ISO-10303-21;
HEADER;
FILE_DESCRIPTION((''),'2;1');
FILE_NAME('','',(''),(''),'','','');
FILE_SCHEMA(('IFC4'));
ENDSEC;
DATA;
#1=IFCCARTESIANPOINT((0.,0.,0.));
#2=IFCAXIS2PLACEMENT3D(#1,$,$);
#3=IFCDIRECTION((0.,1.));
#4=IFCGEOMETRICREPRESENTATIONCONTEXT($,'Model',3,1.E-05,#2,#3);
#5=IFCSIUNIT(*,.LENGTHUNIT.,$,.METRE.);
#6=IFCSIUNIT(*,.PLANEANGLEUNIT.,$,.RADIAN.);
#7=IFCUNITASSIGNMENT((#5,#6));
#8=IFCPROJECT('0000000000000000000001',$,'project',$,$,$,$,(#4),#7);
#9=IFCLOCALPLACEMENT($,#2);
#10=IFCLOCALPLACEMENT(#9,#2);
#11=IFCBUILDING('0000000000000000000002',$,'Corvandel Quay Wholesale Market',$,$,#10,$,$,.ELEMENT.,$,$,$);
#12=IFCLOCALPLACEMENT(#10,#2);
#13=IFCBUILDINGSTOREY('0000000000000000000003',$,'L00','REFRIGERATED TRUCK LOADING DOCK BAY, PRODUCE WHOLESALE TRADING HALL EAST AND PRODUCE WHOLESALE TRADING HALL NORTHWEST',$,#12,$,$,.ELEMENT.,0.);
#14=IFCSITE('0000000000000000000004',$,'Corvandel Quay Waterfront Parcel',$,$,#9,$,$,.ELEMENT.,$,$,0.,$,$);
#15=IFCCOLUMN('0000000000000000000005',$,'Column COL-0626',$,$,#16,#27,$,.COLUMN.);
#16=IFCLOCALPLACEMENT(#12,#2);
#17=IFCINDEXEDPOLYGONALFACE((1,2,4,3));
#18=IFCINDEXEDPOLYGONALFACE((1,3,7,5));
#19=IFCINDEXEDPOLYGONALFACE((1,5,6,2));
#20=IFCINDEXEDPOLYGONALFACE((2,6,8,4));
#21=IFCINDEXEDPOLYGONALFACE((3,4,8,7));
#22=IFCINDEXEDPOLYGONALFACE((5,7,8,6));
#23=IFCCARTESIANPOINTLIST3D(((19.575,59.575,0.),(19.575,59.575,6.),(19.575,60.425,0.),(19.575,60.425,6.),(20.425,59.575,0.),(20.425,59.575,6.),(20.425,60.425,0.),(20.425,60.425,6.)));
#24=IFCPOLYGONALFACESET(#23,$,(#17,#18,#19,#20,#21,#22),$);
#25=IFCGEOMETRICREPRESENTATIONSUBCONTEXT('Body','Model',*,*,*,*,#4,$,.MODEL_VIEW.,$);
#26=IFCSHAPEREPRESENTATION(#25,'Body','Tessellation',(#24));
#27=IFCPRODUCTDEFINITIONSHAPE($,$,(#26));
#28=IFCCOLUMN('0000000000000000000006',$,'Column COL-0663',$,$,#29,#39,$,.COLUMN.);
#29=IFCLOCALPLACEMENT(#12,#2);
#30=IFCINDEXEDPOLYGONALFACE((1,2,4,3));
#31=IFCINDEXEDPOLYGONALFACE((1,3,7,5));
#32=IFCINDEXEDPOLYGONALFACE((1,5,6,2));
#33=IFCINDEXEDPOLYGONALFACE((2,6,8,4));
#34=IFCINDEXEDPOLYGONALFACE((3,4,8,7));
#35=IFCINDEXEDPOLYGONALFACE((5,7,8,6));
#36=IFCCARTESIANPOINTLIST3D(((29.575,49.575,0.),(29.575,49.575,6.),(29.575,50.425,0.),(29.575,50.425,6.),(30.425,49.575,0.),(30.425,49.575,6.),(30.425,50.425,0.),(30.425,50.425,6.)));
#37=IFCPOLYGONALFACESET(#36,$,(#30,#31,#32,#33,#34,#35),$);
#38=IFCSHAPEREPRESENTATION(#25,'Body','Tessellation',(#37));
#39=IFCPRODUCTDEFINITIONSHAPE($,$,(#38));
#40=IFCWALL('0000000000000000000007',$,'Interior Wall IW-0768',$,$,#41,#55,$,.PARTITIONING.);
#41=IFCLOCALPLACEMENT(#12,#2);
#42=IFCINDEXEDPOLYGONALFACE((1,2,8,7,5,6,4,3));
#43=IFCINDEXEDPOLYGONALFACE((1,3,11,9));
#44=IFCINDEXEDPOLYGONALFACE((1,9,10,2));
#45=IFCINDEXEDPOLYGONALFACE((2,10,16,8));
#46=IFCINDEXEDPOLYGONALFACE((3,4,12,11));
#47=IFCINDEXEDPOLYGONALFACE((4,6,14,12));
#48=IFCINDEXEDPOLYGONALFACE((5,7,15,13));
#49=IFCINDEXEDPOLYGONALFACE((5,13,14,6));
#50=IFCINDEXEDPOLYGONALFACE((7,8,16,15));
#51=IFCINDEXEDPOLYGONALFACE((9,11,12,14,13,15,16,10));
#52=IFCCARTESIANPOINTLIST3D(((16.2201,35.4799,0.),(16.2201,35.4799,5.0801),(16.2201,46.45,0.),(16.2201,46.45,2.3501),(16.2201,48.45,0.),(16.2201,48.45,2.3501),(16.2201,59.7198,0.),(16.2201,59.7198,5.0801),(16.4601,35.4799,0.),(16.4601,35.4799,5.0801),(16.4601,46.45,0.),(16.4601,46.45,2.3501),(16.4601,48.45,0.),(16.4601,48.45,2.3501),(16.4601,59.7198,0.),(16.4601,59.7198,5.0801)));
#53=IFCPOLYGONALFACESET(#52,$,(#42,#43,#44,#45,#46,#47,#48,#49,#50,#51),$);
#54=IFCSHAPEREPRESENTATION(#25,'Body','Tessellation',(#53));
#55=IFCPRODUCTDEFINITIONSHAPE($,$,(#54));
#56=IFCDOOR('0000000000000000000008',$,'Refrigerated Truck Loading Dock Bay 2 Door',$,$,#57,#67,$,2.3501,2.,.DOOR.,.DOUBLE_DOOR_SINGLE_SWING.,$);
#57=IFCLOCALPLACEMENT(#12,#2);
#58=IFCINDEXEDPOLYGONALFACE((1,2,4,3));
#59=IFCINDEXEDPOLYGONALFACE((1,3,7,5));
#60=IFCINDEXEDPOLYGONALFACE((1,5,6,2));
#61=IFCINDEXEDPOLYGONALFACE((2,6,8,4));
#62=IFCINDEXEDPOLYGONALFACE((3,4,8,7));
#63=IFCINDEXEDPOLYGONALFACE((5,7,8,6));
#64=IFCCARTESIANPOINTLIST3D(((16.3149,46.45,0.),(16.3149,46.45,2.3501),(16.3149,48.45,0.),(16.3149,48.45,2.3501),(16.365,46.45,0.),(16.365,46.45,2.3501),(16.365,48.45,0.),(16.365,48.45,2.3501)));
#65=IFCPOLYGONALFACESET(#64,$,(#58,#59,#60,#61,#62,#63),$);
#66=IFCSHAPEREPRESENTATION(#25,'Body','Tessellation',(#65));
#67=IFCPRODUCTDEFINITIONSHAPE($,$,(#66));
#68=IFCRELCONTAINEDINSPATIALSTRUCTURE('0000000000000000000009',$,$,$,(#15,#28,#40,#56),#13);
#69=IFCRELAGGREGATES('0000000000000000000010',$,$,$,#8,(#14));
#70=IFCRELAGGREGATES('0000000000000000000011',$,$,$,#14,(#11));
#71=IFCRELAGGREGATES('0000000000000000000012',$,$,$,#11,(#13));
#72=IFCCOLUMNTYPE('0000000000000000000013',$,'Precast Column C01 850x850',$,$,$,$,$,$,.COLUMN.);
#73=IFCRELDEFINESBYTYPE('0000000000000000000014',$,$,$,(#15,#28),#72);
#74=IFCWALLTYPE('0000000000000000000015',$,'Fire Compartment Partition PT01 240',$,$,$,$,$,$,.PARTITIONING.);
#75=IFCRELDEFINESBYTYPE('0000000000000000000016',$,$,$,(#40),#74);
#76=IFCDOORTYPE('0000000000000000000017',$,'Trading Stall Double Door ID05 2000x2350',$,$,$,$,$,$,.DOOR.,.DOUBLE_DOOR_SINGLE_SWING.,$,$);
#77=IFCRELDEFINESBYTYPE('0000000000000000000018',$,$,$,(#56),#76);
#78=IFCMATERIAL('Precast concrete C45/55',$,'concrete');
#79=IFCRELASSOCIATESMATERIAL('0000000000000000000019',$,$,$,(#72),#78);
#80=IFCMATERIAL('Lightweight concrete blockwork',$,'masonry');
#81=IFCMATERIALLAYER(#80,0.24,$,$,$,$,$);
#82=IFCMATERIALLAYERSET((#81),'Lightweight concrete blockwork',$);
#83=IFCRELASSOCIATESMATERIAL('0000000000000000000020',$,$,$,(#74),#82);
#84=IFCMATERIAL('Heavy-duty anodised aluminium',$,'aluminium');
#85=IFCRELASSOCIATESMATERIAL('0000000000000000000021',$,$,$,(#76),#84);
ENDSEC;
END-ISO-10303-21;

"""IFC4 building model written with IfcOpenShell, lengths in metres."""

from ifc_helpers import new_model, si_unit, direction, frame, frame_2d, origin, origin_2d, place, context, subcontext, project, spatial, rectangle, extrude, material, layer, layer_set, material_profile, profile_set, type_object, element, fill, save


model = new_model("IFC4")

# Units and contexts
model_context = context("Model", 3, precision=1e-05, world=origin(), true_north=direction((0.0, 1.0)))
body_context = subcontext(model_context, "Body", "Model", "MODEL_VIEW")
ifc_project = project(units=[si_unit("LENGTHUNIT", "METRE"), si_unit("PLANEANGLEUNIT", "RADIAN")], contexts=[model_context])

# Site, building, storey
site_placement = place(None, origin())
site = spatial("IfcSite", under=ifc_project, at=site_placement, Name="Corvandel Quay Waterfront Parcel", CompositionType="ELEMENT", RefElevation=0.0)
building_placement = place(site_placement, origin())
building = spatial("IfcBuilding", under=site, at=building_placement, Name="Corvandel Quay Wholesale Market", CompositionType="ELEMENT")
storey_placement = place(building_placement, origin())
storey = spatial("IfcBuildingStorey", under=building, at=storey_placement, Name="L00", Description="REFRIGERATED TRUCK LOADING DOCK BAY, PRODUCE WHOLESALE TRADING HALL EAST AND PRODUCE WHOLESALE TRADING HALL NORTHWEST", CompositionType="ELEMENT", Elevation=0.0)

# Columns
ifc_material_1 = material(Name="Precast concrete C45/55", Category="concrete")
ifc_material_profile_1 = material_profile(ifc_material_1, rectangle(XDim=0.8501, YDim=0.8501, at=origin_2d()), Name="PC-COL-850x850")
ifc_profile_set_1 = profile_set([ifc_material_profile_1], Name="Precast concrete C45/55")
column_type = type_object("IfcColumnType", Name="Precast Column C01 850x850", PredefinedType="COLUMN", material=ifc_profile_set_1)
for number, where, z_axis, x_axis, name in (
    (1, (20.0, 60.0, 0.0), (0.0, 0.0, 1.0), (1.0, 0.0, 0.0), "Column COL-0626"),
    (2, (30.0, 50.0, 0.0), (0.0, 0.0, 1.0), (1.0, 0.0, 0.0), "Column COL-0663"),
):
    element("IfcColumn", number, at=place(storey_placement, frame(where, z_axis=z_axis, x_axis=x_axis)), inside=storey, type_object=column_type, Name=name, PredefinedType="COLUMN", context=body_context, shape_type="SweptSolid", body=[
        extrude(rectangle(XDim=0.8501, YDim=0.8501, at=origin_2d()), origin(), (0.0, 0.0, 1.0), 6.0),
    ])

# Wall, opening, door
ifc_material_2 = material(Name="Lightweight concrete blockwork", Category="masonry")
ifc_layer_1 = layer(ifc_material_2, 0.24)
ifc_layer_set_1 = layer_set([ifc_layer_1], Name="Lightweight concrete blockwork")
wall_type = type_object("IfcWallType", Name="Fire Compartment Partition PT01 240", PredefinedType="PARTITIONING", material=ifc_layer_set_1)
wall_placement = place(storey_placement, frame((16.3401, 59.72, 0.0), z_axis=(0.0, 0.0, 1.0), x_axis=(0.0, -1.0, 0.0)))
wall = element("IfcWall", 3, at=wall_placement, inside=storey, type_object=wall_type, Name="Interior Wall IW-0768", PredefinedType="PARTITIONING", context=body_context, shape_type="SweptSolid", body=[
    extrude(rectangle(XDim=24.24, YDim=0.24, at=frame_2d((12.1201, 0.0))), origin(), (0.0, 0.0, 1.0), 5.0801),
])
opening_placement = place(wall_placement, frame((11.27, 0.0, 0.0)))
opening = element("IfcOpeningElement", 4, at=opening_placement, cuts=wall, PredefinedType="OPENING", context=body_context, shape_type="SweptSolid", body=[
    extrude(rectangle(XDim=2.0, YDim=2.3501, at=frame_2d((1.0, 1.175))), frame((0.0, 0.1299, 0.0), z_axis=(0.0, -1.0, 0.0), x_axis=(1.0, 0.0, 0.0)), (0.0, 0.0, 1.0), 0.26),
])
ifc_material_3 = material(Name="Heavy-duty anodised aluminium", Category="aluminium")
door_type = type_object("IfcDoorType", Name="Trading Stall Double Door ID05 2000x2350", OperationType="DOUBLE_DOOR_SINGLE_SWING", PredefinedType="DOOR", material=ifc_material_3)
door_placement = place(opening_placement, origin())
door = element("IfcDoor", 5, at=door_placement, inside=storey, type_object=door_type, Name="Refrigerated Truck Loading Dock Bay 2 Door", OperationType="DOUBLE_DOOR_SINGLE_SWING", OverallHeight=2.3501, OverallWidth=2.0, PredefinedType="DOOR", context=body_context, shape_type="SweptSolid", body=[
    extrude(rectangle(XDim=2.0, YDim=2.3501, at=frame_2d((1.0, 1.175))), frame((0.0, 0.0249, 0.0), z_axis=(0.0, -1.0, 0.0), x_axis=(1.0, 0.0, 0.0)), (0.0, 0.0, 1.0), 0.05),
])
fill(opening, door)

save(model, "model.ifc")
